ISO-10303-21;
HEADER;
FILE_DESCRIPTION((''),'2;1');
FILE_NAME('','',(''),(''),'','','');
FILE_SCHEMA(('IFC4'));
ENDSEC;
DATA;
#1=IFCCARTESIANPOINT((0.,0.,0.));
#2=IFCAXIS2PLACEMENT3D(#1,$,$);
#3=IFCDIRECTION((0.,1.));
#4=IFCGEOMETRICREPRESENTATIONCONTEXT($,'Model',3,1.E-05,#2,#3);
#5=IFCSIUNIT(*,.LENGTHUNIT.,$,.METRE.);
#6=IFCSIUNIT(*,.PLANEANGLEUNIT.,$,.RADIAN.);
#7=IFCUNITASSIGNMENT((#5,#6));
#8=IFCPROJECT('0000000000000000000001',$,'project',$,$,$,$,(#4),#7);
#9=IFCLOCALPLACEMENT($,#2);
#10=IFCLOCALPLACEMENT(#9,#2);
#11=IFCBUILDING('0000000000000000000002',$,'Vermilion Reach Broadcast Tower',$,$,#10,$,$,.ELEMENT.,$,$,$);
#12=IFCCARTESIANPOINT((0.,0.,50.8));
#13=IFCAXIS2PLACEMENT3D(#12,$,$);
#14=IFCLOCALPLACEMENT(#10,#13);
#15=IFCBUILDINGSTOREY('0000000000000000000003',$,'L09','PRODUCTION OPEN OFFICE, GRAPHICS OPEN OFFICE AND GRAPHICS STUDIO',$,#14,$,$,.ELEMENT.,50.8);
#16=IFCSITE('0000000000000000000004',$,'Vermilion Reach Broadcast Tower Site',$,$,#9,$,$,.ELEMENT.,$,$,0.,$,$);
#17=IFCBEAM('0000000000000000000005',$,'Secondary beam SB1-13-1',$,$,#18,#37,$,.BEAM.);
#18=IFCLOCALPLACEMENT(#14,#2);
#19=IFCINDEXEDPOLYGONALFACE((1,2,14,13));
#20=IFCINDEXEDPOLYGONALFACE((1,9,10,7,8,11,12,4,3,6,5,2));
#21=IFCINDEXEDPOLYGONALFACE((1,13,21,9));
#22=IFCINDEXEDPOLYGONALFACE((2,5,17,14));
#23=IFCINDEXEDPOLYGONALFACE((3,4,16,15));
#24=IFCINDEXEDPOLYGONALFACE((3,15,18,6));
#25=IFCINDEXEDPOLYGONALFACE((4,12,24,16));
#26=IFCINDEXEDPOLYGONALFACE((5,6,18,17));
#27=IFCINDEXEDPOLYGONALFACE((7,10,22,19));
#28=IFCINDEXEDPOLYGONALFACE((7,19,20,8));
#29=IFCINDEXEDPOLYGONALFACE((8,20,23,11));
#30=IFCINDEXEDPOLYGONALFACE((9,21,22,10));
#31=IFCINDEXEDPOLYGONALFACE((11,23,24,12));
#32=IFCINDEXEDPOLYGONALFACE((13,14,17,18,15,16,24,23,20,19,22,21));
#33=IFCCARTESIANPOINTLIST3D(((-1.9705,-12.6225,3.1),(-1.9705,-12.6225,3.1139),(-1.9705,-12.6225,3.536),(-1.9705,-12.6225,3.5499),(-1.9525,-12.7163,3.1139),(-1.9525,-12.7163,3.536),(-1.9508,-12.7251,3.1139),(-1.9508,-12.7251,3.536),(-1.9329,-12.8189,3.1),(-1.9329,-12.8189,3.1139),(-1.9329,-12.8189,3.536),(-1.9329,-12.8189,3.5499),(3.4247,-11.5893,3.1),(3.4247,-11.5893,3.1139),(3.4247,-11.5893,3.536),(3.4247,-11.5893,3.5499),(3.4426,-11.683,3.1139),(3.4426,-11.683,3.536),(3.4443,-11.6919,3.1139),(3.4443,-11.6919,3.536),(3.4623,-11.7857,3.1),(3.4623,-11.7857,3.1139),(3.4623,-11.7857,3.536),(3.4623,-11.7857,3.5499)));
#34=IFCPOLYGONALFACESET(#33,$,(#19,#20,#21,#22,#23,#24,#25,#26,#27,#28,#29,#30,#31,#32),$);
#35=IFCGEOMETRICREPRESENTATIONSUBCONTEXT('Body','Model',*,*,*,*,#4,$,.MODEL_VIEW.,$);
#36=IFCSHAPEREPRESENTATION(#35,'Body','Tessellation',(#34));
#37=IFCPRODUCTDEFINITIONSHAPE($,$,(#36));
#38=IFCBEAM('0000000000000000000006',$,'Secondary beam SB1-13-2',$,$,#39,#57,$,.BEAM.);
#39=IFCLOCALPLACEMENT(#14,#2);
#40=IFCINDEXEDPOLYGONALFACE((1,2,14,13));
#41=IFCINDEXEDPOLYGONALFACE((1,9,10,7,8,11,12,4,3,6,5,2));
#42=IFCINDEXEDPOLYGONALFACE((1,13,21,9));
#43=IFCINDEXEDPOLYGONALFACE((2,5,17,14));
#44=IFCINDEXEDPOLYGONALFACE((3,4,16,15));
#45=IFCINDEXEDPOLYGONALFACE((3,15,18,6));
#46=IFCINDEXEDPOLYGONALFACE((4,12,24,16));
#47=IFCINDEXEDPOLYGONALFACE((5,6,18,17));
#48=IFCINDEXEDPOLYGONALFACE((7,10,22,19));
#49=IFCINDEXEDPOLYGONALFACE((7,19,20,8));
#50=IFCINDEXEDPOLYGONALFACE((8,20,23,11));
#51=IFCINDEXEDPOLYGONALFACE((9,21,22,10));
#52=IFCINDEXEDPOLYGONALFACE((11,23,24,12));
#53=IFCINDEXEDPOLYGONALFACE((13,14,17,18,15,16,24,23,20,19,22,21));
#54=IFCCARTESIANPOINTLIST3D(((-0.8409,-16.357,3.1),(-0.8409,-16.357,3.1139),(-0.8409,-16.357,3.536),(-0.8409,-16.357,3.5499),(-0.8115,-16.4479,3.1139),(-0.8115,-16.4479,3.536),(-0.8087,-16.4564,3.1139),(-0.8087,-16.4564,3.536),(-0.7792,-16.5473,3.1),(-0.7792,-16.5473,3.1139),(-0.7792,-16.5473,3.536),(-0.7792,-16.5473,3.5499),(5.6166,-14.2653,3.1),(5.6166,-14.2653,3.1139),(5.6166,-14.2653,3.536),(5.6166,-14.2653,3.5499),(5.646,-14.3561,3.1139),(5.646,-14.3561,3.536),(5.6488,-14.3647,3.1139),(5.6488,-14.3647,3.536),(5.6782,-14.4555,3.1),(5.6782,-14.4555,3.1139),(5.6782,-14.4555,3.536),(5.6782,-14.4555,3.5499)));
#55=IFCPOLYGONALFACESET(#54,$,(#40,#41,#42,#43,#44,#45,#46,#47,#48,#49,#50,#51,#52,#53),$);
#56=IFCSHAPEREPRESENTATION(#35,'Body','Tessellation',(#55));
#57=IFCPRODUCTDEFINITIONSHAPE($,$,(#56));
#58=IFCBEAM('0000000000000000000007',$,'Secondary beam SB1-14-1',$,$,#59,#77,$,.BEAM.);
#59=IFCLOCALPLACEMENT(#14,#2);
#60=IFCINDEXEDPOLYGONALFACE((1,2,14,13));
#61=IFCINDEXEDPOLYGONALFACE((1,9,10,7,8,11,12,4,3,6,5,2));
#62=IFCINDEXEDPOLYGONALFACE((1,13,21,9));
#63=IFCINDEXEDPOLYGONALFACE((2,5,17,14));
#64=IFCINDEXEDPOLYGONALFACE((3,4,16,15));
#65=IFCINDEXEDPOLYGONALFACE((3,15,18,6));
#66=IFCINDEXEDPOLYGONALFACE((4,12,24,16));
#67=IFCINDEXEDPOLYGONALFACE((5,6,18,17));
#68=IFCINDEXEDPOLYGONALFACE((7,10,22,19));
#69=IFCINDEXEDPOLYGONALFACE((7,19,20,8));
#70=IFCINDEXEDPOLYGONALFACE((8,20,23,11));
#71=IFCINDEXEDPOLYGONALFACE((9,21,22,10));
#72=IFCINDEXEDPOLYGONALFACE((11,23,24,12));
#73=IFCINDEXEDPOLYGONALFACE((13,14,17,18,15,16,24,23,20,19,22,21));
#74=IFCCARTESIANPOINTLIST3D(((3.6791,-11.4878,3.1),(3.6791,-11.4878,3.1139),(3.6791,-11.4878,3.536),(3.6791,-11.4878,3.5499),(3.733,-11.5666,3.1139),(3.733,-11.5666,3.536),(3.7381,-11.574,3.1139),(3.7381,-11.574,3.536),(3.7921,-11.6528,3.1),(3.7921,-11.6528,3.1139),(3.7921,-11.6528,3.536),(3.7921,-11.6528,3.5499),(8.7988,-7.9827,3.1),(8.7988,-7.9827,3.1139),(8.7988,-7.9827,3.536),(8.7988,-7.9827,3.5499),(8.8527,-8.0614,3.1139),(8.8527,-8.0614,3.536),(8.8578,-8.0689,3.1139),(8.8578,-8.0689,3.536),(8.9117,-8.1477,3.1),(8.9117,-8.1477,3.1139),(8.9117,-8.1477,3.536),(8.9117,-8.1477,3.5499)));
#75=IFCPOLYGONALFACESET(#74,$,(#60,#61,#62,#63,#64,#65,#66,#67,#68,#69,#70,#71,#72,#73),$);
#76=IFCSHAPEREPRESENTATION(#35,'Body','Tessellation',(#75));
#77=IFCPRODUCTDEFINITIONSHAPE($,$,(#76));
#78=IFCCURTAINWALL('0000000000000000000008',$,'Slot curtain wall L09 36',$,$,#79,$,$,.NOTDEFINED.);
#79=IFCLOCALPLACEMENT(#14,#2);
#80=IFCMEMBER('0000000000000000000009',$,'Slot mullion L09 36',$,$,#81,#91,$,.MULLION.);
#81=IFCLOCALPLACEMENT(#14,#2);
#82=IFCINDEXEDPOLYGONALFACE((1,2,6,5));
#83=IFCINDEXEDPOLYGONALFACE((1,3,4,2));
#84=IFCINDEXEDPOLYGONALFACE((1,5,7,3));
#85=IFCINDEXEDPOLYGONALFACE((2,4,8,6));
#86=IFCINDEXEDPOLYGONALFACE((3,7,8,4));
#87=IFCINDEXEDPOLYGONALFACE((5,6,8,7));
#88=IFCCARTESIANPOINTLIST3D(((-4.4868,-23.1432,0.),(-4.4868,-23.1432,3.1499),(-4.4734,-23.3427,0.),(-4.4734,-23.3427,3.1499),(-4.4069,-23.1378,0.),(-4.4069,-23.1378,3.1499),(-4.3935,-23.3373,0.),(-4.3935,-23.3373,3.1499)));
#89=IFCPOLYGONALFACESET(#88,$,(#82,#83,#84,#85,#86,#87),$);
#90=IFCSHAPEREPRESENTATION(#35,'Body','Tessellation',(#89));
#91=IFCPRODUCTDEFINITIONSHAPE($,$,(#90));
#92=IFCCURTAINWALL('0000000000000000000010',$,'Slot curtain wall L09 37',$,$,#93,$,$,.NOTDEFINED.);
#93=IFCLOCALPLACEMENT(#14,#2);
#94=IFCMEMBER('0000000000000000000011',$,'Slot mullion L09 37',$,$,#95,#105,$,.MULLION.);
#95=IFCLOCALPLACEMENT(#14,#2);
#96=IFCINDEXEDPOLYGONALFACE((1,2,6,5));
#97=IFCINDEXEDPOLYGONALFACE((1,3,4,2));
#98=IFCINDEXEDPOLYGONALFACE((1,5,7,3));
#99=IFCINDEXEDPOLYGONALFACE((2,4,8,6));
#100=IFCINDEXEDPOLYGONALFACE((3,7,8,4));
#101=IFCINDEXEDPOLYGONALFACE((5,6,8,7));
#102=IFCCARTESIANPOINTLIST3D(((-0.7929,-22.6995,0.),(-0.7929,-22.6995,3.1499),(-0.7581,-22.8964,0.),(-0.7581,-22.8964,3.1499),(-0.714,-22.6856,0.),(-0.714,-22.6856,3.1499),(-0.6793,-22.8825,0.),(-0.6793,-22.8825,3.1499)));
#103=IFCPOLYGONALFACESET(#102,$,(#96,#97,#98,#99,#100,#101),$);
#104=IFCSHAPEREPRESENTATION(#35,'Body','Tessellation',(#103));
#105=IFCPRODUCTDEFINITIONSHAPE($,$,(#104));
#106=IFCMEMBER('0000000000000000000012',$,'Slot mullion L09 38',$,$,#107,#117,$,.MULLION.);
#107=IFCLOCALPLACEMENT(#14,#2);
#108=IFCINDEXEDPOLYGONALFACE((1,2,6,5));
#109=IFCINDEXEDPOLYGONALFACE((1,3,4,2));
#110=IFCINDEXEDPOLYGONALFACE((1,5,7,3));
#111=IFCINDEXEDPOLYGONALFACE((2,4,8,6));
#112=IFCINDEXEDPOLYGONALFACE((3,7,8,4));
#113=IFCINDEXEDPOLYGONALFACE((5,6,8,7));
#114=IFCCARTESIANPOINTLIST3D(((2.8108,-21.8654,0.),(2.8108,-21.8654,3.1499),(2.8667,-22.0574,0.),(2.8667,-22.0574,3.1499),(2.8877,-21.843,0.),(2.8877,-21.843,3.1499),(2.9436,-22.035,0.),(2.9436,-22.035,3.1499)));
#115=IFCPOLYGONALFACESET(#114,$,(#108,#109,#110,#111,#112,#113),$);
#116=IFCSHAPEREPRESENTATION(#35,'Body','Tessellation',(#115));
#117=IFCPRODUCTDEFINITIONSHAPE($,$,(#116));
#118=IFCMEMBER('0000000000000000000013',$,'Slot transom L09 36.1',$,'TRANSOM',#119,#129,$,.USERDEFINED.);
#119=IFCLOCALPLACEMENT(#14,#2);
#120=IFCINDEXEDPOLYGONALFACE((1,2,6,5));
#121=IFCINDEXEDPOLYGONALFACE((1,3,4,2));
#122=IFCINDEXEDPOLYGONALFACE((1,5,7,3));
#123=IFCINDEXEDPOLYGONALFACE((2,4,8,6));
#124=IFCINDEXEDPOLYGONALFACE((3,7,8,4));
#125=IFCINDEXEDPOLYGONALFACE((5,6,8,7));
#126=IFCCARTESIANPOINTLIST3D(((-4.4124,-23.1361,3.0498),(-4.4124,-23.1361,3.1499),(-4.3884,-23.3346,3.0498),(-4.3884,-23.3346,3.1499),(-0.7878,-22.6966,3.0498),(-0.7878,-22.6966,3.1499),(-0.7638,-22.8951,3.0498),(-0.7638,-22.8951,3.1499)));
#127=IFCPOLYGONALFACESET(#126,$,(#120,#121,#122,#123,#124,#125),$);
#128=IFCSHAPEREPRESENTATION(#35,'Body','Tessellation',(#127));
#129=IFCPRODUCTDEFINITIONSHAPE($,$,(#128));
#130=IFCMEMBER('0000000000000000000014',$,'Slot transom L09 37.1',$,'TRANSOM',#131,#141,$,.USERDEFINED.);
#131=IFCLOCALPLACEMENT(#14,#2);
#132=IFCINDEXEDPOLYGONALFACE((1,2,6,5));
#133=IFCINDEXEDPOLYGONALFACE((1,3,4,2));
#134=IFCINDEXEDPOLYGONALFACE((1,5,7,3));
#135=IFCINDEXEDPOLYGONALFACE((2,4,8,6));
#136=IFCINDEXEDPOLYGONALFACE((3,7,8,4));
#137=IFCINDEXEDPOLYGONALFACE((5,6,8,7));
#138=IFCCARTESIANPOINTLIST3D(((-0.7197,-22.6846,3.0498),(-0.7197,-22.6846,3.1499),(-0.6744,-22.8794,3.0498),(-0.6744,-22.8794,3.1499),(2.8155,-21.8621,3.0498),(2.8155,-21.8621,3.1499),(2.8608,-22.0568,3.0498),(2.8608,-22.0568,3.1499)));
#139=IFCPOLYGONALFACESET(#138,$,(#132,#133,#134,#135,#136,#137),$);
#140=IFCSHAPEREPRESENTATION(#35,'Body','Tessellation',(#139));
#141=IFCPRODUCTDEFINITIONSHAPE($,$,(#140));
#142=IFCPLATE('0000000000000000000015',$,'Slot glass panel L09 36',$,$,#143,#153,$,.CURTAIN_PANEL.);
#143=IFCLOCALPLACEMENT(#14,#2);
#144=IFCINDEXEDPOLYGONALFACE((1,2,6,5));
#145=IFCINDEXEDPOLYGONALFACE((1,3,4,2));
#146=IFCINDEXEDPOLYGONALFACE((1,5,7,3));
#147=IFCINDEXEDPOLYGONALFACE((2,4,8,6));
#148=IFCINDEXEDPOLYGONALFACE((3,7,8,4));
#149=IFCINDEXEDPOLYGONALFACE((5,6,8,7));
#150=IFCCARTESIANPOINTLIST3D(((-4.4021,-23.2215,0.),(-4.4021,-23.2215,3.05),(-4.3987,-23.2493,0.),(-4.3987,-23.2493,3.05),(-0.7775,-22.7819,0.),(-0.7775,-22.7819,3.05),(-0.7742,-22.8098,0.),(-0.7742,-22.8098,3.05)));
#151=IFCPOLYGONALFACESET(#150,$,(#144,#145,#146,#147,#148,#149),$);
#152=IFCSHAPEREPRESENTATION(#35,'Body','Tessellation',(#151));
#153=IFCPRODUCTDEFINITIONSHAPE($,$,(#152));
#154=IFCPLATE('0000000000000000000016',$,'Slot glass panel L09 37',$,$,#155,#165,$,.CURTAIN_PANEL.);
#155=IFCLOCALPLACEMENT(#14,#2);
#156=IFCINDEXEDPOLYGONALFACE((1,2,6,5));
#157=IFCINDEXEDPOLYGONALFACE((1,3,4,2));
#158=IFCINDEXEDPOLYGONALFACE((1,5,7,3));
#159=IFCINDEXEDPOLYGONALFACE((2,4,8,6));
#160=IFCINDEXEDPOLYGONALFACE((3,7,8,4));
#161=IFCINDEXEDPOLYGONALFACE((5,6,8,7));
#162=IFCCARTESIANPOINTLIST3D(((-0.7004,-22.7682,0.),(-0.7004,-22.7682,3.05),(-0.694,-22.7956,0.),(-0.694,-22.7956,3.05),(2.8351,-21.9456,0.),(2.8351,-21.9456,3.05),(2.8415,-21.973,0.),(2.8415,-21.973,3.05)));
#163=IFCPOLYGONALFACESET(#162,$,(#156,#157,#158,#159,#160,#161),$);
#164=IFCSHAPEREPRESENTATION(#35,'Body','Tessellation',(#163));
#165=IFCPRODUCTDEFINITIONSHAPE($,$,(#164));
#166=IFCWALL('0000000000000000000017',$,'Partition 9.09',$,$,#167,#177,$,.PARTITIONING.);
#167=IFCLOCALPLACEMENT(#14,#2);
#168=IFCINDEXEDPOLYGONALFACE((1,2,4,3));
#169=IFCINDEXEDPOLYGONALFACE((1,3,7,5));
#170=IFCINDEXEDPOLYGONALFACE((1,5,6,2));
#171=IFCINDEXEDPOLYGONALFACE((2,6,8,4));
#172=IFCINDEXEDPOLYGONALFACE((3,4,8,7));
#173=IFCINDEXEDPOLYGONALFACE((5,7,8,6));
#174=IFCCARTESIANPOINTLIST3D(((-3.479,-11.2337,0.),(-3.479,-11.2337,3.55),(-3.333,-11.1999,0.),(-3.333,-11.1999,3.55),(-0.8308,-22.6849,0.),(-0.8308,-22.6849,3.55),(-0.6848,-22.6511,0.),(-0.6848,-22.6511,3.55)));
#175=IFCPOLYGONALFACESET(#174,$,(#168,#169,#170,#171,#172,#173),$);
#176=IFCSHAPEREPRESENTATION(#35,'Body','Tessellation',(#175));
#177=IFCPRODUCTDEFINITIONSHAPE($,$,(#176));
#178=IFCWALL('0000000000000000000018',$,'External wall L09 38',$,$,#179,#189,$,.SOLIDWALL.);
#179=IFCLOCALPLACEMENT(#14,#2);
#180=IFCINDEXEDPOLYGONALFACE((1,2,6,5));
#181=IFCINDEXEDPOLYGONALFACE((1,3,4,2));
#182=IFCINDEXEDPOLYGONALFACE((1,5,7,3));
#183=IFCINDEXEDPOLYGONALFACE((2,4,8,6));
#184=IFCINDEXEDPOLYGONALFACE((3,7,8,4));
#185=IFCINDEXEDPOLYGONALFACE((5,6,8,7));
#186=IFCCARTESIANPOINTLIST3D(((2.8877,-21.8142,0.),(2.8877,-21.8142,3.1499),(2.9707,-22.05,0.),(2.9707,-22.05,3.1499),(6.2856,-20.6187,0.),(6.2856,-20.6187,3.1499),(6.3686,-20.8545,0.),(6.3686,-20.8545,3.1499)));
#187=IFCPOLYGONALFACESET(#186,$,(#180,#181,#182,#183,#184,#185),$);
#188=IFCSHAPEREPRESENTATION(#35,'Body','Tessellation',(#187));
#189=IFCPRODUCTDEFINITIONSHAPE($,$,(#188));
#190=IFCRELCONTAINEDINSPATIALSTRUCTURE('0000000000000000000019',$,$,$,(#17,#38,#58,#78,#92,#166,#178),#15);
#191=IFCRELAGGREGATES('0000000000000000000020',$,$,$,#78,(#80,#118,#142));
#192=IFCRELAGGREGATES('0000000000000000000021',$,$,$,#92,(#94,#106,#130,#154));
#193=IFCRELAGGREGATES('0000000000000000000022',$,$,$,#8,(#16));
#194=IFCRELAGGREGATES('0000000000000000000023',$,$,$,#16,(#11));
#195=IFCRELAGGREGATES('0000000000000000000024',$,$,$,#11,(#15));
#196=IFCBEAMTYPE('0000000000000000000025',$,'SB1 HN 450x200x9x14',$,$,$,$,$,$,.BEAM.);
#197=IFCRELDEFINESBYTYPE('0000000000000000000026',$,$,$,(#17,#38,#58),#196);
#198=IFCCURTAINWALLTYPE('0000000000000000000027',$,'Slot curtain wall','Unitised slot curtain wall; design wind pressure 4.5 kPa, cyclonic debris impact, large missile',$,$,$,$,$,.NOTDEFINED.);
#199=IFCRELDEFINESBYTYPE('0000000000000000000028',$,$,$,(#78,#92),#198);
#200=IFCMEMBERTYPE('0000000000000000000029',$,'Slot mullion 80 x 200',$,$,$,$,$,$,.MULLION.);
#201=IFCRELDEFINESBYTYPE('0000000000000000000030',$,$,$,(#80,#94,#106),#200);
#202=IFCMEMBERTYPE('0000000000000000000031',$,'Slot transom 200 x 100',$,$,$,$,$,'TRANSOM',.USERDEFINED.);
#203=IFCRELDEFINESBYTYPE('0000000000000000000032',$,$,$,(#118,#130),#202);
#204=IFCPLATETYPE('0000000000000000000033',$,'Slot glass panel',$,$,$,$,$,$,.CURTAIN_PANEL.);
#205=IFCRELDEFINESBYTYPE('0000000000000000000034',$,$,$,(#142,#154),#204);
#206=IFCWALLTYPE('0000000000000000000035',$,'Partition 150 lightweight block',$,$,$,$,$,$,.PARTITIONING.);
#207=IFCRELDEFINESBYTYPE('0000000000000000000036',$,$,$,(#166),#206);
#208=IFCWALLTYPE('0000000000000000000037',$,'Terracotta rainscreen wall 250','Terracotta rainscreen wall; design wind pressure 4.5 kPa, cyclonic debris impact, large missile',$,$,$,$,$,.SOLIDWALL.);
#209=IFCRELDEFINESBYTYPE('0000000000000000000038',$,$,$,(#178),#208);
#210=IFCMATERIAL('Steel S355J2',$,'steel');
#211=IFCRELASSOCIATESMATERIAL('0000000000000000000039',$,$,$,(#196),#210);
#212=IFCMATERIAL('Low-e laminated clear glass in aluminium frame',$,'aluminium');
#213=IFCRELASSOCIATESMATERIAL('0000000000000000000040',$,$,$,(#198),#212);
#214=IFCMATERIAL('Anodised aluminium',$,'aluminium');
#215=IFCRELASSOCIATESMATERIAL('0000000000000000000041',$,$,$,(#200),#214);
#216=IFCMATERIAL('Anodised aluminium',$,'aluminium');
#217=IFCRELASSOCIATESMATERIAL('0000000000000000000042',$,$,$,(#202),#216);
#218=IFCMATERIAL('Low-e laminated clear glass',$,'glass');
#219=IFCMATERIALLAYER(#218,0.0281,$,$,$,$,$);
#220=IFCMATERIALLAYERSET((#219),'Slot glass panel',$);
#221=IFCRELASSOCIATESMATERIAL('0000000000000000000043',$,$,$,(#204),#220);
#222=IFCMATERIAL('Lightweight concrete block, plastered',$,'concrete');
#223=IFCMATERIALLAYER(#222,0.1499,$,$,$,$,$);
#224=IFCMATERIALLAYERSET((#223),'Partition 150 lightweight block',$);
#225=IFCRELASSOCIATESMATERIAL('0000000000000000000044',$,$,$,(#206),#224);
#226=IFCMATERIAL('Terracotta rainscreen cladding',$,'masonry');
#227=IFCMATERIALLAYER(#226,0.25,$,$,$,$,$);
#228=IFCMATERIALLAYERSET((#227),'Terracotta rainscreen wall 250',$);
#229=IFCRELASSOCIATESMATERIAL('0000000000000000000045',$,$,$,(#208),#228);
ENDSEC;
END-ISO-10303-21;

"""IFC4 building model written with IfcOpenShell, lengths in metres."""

from ifc_helpers import new_model, si_unit, direction, frame, frame_2d, origin, origin_2d, place, context, subcontext, project, spatial, rectangle, i_section, extrude, material, layer, layer_set, material_profile, profile_set, type_object, element, aggregate, save


model = new_model("IFC4")

# Units and contexts
model_context = context("Model", 3, precision=1e-05, world=origin(), true_north=direction((0.0, 1.0)))
body_context = subcontext(model_context, "Body", "Model", "MODEL_VIEW")
ifc_project = project(units=[si_unit("LENGTHUNIT", "METRE"), si_unit("PLANEANGLEUNIT", "RADIAN")], contexts=[model_context])

# Site, building, storey
site_placement = place(None, origin())
site = spatial("IfcSite", under=ifc_project, at=site_placement, Name="Vermilion Reach Broadcast Tower Site", CompositionType="ELEMENT", RefElevation=0.0)
building_placement = place(site_placement, origin())
building = spatial("IfcBuilding", under=site, at=building_placement, Name="Vermilion Reach Broadcast Tower", CompositionType="ELEMENT")
storey_placement = place(building_placement, frame((0.0, 0.0, 50.8)))
storey = spatial("IfcBuildingStorey", under=building, at=storey_placement, Name="L09", Description="PRODUCTION OPEN OFFICE, GRAPHICS OPEN OFFICE AND GRAPHICS STUDIO", CompositionType="ELEMENT", Elevation=50.8)

# Beams
ifc_material_1 = material(Name="Steel S355J2", Category="steel")
ifc_material_profile_1 = material_profile(ifc_material_1, i_section(OverallWidth=0.2, OverallDepth=0.45, WebThickness=0.009, FlangeThickness=0.0139, at=origin_2d()), Name="S355J2 HN 450x200x9x14")
ifc_profile_set_1 = profile_set([ifc_material_profile_1], Name="Steel S355J2")
beam_type_1 = type_object("IfcBeamType", Name="SB1 HN 450x200x9x14", PredefinedType="BEAM", material=ifc_profile_set_1)
beam_1_placement = place(storey_placement, frame((-1.9517, -12.7207, 3.325), z_axis=(0.982151, 0.188092, 0.0), x_axis=(-0.188092, 0.982151, 0.0)))
element("IfcBeam", 1, at=beam_1_placement, inside=storey, type_object=beam_type_1, Name="Secondary beam SB1-13-1", PredefinedType="BEAM", context=body_context, shape_type="SweptSolid", body=[
    extrude(i_section(OverallWidth=0.2, OverallDepth=0.45, WebThickness=0.009, FlangeThickness=0.0139, at=origin_2d()), origin(), (0.0, 0.0, 1.0), 5.4932),
])
beam_2_placement = place(storey_placement, frame((-0.8101, -16.4521, 3.325), z_axis=(0.951332, 0.308167, 0.0), x_axis=(-0.308167, 0.951332, 0.0)))
element("IfcBeam", 2, at=beam_2_placement, inside=storey, type_object=beam_type_1, Name="Secondary beam SB1-13-2", PredefinedType="BEAM", context=body_context, shape_type="SweptSolid", body=[
    extrude(i_section(OverallWidth=0.2, OverallDepth=0.45, WebThickness=0.009, FlangeThickness=0.0139, at=origin_2d()), origin(), (0.0, 0.0, 1.0), 6.7878),
])
beam_3_placement = place(storey_placement, frame((3.7356, -11.5703, 3.325), z_axis=(0.82514, 0.564928, 0.0), x_axis=(-0.564928, 0.82514, 0.0)))
element("IfcBeam", 3, at=beam_3_placement, inside=storey, type_object=beam_type_1, Name="Secondary beam SB1-14-1", PredefinedType="BEAM", context=body_context, shape_type="SweptSolid", body=[
    extrude(i_section(OverallWidth=0.2, OverallDepth=0.45, WebThickness=0.009, FlangeThickness=0.0139, at=origin_2d()), origin(), (0.0, 0.0, 1.0), 6.2046),
])

# Curtain wall, member
ifc_material_2 = material(Name="Low-e laminated clear glass in aluminium frame", Category="aluminium")
curtain_wall_type = type_object("IfcCurtainWallType", Name="Slot curtain wall", Description="Unitised slot curtain wall; design wind pressure 4.5 kPa, cyclonic debris impact, large missile", PredefinedType="NOTDEFINED", material=ifc_material_2)
placement = place(storey_placement, origin())
curtain_wall_1 = element("IfcCurtainWall", 4, at=placement, inside=storey, type_object=curtain_wall_type, Name="Slot curtain wall L09 36", PredefinedType="NOTDEFINED")
ifc_material_3 = material(Name="Anodised aluminium", Category="aluminium")
ifc_material_profile_2 = material_profile(ifc_material_3, rectangle(XDim=0.2, YDim=0.0801, at=origin_2d()), Name="Slot mullion 80 x 200")
ifc_profile_set_2 = profile_set([ifc_material_profile_2], Name="Anodised aluminium")
member_type_1 = type_object("IfcMemberType", Name="Slot mullion 80 x 200", PredefinedType="MULLION", material=ifc_profile_set_2)
member_1_placement = place(storey_placement, frame((-4.4402, -23.2402, 0.0), z_axis=(0.0, 0.0, 1.0), x_axis=(-0.066971, 0.997755, 0.0)))
member_1 = element("IfcMember", 5, at=member_1_placement, type_object=member_type_1, Name="Slot mullion L09 36", PredefinedType="MULLION", context=body_context, shape_type="SweptSolid", body=[
    extrude(rectangle(XDim=0.2, YDim=0.0801, at=origin_2d()), origin(), (0.0, 0.0, 1.0), 3.1499),
])

# Curtain wall, members
curtain_wall_2 = element("IfcCurtainWall", 6, at=placement, inside=storey, type_object=curtain_wall_type, Name="Slot curtain wall L09 37", PredefinedType="NOTDEFINED")
member_2_placement = place(storey_placement, frame((-0.7361, -22.791, 0.0), z_axis=(0.0, 0.0, 1.0), x_axis=(-0.17375, 0.98479, 0.0)))
member_2 = element("IfcMember", 7, at=member_2_placement, type_object=member_type_1, Name="Slot mullion L09 37", PredefinedType="MULLION", context=body_context, shape_type="SweptSolid", body=[
    extrude(rectangle(XDim=0.2, YDim=0.0801, at=origin_2d()), origin(), (0.0, 0.0, 1.0), 3.1499),
])
member_3_placement = place(storey_placement, frame((2.8772, -21.9502, 0.0), z_axis=(0.0, 0.0, 1.0), x_axis=(-0.279678, 0.960094, 0.0)))
member_3 = element("IfcMember", 8, at=member_3_placement, type_object=member_type_1, Name="Slot mullion L09 38", PredefinedType="MULLION", context=body_context, shape_type="SweptSolid", body=[
    extrude(rectangle(XDim=0.2, YDim=0.0801, at=origin_2d()), origin(), (0.0, 0.0, 1.0), 3.1499),
])

# Members
ifc_material_4 = material(Name="Anodised aluminium", Category="aluminium")
ifc_material_profile_3 = material_profile(ifc_material_4, rectangle(XDim=0.2, YDim=0.1001, at=origin_2d()), Name="Slot transom 200 x 100")
ifc_profile_set_3 = profile_set([ifc_material_profile_3], Name="Anodised aluminium")
member_type_2 = type_object("IfcMemberType", Name="Slot transom 200 x 100", ElementType="TRANSOM", PredefinedType="USERDEFINED", material=ifc_profile_set_3)
member_4_placement = place(storey_placement, frame((-4.4004, -23.2354, 3.0999), z_axis=(0.99273, 0.120363, 0.0), x_axis=(-0.120363, 0.99273, 0.0)))
member_4 = element("IfcMember", 9, at=member_4_placement, type_object=member_type_2, Name="Slot transom L09 36.1", ObjectType="TRANSOM", PredefinedType="USERDEFINED", context=body_context, shape_type="SweptSolid", body=[
    extrude(rectangle(XDim=0.2, YDim=0.1001, at=origin_2d()), origin(), (0.0, 0.0, 1.0), 3.6511),
])
member_5_placement = place(storey_placement, frame((-0.697, -22.782, 3.0999), z_axis=(0.973985, 0.226613, 0.0), x_axis=(-0.226613, 0.973985, 0.0)))
member_5 = element("IfcMember", 10, at=member_5_placement, type_object=member_type_2, Name="Slot transom L09 37.1", ObjectType="TRANSOM", PredefinedType="USERDEFINED", context=body_context, shape_type="SweptSolid", body=[
    extrude(rectangle(XDim=0.2, YDim=0.1001, at=origin_2d()), origin(), (0.0, 0.0, 1.0), 3.6296),
])

# Plates
ifc_material_5 = material(Name="Low-e laminated clear glass", Category="glass")
ifc_layer_1 = layer(ifc_material_5, 0.0281)
ifc_layer_set_1 = layer_set([ifc_layer_1], Name="Slot glass panel")
plate_type = type_object("IfcPlateType", Name="Slot glass panel", PredefinedType="CURTAIN_PANEL", material=ifc_layer_set_1)
plate_1_placement = place(storey_placement, frame((-2.5881, -23.0156, 0.0), z_axis=(0.0, 0.0, 1.0), x_axis=(0.992727, 0.120385, 0.0)))
plate_1 = element("IfcPlate", 11, at=plate_1_placement, type_object=plate_type, Name="Slot glass panel L09 36", PredefinedType="CURTAIN_PANEL", context=body_context, shape_type="SweptSolid", body=[
    extrude(rectangle(XDim=3.6511, YDim=0.0281, at=origin_2d()), origin(), (0.0, 0.0, 1.0), 3.05),
])
aggregate(curtain_wall_1, [member_1, member_4, plate_1])
plate_2_placement = place(storey_placement, frame((1.0706, -22.3706, 0.0), z_axis=(0.0, 0.0, 1.0), x_axis=(0.973986, 0.226609, 0.0)))
plate_2 = element("IfcPlate", 12, at=plate_2_placement, type_object=plate_type, Name="Slot glass panel L09 37", PredefinedType="CURTAIN_PANEL", context=body_context, shape_type="SweptSolid", body=[
    extrude(rectangle(XDim=3.6299, YDim=0.0281, at=origin_2d()), origin(), (0.0, 0.0, 1.0), 3.05),
])
aggregate(curtain_wall_2, [member_2, member_3, member_5, plate_2])

# Walls
ifc_material_6 = material(Name="Lightweight concrete block, plastered", Category="concrete")
ifc_layer_2 = layer(ifc_material_6, 0.1499)
ifc_layer_set_2 = layer_set([ifc_layer_2], Name="Partition 150 lightweight block")
wall_type_1 = type_object("IfcWallType", Name="Partition 150 lightweight block", PredefinedType="PARTITIONING", material=ifc_layer_set_2)
wall_1_placement = place(storey_placement, frame((-0.7578, -22.668, 0.0), z_axis=(0.0, 0.0, 1.0), x_axis=(-0.225313, 0.974286, 0.0)))
element("IfcWall", 13, at=wall_1_placement, inside=storey, type_object=wall_type_1, Name="Partition 9.09", PredefinedType="PARTITIONING", context=body_context, shape_type="SweptSolid", body=[
    extrude(rectangle(XDim=11.7534, YDim=0.1499, at=frame_2d((5.8767, 0.0))), origin(), (0.0, 0.0, 1.0), 3.55),
])
ifc_material_7 = material(Name="Terracotta rainscreen cladding", Category="masonry")
ifc_layer_3 = layer(ifc_material_7, 0.25)
ifc_layer_set_3 = layer_set([ifc_layer_3], Name="Terracotta rainscreen wall 250")
wall_type_2 = type_object("IfcWallType", Name="Terracotta rainscreen wall 250", Description="Terracotta rainscreen wall; design wind pressure 4.5 kPa, cyclonic debris impact, large missile", PredefinedType="SOLIDWALL", material=ifc_layer_set_3)
wall_2_placement = place(storey_placement, frame((2.9292, -21.9321, 0.0), z_axis=(0.0, 0.0, 1.0), x_axis=(0.943314, 0.331902, 0.0)))
element("IfcWall", 14, at=wall_2_placement, inside=storey, type_object=wall_type_2, Name="External wall L09 38", PredefinedType="SOLIDWALL", context=body_context, shape_type="SweptSolid", body=[
    extrude(rectangle(XDim=3.6021, YDim=0.25, at=frame_2d((1.801, 0.0))), origin(), (0.0, 0.0, 1.0), 3.1499),
])

save(model, "model.ifc")
